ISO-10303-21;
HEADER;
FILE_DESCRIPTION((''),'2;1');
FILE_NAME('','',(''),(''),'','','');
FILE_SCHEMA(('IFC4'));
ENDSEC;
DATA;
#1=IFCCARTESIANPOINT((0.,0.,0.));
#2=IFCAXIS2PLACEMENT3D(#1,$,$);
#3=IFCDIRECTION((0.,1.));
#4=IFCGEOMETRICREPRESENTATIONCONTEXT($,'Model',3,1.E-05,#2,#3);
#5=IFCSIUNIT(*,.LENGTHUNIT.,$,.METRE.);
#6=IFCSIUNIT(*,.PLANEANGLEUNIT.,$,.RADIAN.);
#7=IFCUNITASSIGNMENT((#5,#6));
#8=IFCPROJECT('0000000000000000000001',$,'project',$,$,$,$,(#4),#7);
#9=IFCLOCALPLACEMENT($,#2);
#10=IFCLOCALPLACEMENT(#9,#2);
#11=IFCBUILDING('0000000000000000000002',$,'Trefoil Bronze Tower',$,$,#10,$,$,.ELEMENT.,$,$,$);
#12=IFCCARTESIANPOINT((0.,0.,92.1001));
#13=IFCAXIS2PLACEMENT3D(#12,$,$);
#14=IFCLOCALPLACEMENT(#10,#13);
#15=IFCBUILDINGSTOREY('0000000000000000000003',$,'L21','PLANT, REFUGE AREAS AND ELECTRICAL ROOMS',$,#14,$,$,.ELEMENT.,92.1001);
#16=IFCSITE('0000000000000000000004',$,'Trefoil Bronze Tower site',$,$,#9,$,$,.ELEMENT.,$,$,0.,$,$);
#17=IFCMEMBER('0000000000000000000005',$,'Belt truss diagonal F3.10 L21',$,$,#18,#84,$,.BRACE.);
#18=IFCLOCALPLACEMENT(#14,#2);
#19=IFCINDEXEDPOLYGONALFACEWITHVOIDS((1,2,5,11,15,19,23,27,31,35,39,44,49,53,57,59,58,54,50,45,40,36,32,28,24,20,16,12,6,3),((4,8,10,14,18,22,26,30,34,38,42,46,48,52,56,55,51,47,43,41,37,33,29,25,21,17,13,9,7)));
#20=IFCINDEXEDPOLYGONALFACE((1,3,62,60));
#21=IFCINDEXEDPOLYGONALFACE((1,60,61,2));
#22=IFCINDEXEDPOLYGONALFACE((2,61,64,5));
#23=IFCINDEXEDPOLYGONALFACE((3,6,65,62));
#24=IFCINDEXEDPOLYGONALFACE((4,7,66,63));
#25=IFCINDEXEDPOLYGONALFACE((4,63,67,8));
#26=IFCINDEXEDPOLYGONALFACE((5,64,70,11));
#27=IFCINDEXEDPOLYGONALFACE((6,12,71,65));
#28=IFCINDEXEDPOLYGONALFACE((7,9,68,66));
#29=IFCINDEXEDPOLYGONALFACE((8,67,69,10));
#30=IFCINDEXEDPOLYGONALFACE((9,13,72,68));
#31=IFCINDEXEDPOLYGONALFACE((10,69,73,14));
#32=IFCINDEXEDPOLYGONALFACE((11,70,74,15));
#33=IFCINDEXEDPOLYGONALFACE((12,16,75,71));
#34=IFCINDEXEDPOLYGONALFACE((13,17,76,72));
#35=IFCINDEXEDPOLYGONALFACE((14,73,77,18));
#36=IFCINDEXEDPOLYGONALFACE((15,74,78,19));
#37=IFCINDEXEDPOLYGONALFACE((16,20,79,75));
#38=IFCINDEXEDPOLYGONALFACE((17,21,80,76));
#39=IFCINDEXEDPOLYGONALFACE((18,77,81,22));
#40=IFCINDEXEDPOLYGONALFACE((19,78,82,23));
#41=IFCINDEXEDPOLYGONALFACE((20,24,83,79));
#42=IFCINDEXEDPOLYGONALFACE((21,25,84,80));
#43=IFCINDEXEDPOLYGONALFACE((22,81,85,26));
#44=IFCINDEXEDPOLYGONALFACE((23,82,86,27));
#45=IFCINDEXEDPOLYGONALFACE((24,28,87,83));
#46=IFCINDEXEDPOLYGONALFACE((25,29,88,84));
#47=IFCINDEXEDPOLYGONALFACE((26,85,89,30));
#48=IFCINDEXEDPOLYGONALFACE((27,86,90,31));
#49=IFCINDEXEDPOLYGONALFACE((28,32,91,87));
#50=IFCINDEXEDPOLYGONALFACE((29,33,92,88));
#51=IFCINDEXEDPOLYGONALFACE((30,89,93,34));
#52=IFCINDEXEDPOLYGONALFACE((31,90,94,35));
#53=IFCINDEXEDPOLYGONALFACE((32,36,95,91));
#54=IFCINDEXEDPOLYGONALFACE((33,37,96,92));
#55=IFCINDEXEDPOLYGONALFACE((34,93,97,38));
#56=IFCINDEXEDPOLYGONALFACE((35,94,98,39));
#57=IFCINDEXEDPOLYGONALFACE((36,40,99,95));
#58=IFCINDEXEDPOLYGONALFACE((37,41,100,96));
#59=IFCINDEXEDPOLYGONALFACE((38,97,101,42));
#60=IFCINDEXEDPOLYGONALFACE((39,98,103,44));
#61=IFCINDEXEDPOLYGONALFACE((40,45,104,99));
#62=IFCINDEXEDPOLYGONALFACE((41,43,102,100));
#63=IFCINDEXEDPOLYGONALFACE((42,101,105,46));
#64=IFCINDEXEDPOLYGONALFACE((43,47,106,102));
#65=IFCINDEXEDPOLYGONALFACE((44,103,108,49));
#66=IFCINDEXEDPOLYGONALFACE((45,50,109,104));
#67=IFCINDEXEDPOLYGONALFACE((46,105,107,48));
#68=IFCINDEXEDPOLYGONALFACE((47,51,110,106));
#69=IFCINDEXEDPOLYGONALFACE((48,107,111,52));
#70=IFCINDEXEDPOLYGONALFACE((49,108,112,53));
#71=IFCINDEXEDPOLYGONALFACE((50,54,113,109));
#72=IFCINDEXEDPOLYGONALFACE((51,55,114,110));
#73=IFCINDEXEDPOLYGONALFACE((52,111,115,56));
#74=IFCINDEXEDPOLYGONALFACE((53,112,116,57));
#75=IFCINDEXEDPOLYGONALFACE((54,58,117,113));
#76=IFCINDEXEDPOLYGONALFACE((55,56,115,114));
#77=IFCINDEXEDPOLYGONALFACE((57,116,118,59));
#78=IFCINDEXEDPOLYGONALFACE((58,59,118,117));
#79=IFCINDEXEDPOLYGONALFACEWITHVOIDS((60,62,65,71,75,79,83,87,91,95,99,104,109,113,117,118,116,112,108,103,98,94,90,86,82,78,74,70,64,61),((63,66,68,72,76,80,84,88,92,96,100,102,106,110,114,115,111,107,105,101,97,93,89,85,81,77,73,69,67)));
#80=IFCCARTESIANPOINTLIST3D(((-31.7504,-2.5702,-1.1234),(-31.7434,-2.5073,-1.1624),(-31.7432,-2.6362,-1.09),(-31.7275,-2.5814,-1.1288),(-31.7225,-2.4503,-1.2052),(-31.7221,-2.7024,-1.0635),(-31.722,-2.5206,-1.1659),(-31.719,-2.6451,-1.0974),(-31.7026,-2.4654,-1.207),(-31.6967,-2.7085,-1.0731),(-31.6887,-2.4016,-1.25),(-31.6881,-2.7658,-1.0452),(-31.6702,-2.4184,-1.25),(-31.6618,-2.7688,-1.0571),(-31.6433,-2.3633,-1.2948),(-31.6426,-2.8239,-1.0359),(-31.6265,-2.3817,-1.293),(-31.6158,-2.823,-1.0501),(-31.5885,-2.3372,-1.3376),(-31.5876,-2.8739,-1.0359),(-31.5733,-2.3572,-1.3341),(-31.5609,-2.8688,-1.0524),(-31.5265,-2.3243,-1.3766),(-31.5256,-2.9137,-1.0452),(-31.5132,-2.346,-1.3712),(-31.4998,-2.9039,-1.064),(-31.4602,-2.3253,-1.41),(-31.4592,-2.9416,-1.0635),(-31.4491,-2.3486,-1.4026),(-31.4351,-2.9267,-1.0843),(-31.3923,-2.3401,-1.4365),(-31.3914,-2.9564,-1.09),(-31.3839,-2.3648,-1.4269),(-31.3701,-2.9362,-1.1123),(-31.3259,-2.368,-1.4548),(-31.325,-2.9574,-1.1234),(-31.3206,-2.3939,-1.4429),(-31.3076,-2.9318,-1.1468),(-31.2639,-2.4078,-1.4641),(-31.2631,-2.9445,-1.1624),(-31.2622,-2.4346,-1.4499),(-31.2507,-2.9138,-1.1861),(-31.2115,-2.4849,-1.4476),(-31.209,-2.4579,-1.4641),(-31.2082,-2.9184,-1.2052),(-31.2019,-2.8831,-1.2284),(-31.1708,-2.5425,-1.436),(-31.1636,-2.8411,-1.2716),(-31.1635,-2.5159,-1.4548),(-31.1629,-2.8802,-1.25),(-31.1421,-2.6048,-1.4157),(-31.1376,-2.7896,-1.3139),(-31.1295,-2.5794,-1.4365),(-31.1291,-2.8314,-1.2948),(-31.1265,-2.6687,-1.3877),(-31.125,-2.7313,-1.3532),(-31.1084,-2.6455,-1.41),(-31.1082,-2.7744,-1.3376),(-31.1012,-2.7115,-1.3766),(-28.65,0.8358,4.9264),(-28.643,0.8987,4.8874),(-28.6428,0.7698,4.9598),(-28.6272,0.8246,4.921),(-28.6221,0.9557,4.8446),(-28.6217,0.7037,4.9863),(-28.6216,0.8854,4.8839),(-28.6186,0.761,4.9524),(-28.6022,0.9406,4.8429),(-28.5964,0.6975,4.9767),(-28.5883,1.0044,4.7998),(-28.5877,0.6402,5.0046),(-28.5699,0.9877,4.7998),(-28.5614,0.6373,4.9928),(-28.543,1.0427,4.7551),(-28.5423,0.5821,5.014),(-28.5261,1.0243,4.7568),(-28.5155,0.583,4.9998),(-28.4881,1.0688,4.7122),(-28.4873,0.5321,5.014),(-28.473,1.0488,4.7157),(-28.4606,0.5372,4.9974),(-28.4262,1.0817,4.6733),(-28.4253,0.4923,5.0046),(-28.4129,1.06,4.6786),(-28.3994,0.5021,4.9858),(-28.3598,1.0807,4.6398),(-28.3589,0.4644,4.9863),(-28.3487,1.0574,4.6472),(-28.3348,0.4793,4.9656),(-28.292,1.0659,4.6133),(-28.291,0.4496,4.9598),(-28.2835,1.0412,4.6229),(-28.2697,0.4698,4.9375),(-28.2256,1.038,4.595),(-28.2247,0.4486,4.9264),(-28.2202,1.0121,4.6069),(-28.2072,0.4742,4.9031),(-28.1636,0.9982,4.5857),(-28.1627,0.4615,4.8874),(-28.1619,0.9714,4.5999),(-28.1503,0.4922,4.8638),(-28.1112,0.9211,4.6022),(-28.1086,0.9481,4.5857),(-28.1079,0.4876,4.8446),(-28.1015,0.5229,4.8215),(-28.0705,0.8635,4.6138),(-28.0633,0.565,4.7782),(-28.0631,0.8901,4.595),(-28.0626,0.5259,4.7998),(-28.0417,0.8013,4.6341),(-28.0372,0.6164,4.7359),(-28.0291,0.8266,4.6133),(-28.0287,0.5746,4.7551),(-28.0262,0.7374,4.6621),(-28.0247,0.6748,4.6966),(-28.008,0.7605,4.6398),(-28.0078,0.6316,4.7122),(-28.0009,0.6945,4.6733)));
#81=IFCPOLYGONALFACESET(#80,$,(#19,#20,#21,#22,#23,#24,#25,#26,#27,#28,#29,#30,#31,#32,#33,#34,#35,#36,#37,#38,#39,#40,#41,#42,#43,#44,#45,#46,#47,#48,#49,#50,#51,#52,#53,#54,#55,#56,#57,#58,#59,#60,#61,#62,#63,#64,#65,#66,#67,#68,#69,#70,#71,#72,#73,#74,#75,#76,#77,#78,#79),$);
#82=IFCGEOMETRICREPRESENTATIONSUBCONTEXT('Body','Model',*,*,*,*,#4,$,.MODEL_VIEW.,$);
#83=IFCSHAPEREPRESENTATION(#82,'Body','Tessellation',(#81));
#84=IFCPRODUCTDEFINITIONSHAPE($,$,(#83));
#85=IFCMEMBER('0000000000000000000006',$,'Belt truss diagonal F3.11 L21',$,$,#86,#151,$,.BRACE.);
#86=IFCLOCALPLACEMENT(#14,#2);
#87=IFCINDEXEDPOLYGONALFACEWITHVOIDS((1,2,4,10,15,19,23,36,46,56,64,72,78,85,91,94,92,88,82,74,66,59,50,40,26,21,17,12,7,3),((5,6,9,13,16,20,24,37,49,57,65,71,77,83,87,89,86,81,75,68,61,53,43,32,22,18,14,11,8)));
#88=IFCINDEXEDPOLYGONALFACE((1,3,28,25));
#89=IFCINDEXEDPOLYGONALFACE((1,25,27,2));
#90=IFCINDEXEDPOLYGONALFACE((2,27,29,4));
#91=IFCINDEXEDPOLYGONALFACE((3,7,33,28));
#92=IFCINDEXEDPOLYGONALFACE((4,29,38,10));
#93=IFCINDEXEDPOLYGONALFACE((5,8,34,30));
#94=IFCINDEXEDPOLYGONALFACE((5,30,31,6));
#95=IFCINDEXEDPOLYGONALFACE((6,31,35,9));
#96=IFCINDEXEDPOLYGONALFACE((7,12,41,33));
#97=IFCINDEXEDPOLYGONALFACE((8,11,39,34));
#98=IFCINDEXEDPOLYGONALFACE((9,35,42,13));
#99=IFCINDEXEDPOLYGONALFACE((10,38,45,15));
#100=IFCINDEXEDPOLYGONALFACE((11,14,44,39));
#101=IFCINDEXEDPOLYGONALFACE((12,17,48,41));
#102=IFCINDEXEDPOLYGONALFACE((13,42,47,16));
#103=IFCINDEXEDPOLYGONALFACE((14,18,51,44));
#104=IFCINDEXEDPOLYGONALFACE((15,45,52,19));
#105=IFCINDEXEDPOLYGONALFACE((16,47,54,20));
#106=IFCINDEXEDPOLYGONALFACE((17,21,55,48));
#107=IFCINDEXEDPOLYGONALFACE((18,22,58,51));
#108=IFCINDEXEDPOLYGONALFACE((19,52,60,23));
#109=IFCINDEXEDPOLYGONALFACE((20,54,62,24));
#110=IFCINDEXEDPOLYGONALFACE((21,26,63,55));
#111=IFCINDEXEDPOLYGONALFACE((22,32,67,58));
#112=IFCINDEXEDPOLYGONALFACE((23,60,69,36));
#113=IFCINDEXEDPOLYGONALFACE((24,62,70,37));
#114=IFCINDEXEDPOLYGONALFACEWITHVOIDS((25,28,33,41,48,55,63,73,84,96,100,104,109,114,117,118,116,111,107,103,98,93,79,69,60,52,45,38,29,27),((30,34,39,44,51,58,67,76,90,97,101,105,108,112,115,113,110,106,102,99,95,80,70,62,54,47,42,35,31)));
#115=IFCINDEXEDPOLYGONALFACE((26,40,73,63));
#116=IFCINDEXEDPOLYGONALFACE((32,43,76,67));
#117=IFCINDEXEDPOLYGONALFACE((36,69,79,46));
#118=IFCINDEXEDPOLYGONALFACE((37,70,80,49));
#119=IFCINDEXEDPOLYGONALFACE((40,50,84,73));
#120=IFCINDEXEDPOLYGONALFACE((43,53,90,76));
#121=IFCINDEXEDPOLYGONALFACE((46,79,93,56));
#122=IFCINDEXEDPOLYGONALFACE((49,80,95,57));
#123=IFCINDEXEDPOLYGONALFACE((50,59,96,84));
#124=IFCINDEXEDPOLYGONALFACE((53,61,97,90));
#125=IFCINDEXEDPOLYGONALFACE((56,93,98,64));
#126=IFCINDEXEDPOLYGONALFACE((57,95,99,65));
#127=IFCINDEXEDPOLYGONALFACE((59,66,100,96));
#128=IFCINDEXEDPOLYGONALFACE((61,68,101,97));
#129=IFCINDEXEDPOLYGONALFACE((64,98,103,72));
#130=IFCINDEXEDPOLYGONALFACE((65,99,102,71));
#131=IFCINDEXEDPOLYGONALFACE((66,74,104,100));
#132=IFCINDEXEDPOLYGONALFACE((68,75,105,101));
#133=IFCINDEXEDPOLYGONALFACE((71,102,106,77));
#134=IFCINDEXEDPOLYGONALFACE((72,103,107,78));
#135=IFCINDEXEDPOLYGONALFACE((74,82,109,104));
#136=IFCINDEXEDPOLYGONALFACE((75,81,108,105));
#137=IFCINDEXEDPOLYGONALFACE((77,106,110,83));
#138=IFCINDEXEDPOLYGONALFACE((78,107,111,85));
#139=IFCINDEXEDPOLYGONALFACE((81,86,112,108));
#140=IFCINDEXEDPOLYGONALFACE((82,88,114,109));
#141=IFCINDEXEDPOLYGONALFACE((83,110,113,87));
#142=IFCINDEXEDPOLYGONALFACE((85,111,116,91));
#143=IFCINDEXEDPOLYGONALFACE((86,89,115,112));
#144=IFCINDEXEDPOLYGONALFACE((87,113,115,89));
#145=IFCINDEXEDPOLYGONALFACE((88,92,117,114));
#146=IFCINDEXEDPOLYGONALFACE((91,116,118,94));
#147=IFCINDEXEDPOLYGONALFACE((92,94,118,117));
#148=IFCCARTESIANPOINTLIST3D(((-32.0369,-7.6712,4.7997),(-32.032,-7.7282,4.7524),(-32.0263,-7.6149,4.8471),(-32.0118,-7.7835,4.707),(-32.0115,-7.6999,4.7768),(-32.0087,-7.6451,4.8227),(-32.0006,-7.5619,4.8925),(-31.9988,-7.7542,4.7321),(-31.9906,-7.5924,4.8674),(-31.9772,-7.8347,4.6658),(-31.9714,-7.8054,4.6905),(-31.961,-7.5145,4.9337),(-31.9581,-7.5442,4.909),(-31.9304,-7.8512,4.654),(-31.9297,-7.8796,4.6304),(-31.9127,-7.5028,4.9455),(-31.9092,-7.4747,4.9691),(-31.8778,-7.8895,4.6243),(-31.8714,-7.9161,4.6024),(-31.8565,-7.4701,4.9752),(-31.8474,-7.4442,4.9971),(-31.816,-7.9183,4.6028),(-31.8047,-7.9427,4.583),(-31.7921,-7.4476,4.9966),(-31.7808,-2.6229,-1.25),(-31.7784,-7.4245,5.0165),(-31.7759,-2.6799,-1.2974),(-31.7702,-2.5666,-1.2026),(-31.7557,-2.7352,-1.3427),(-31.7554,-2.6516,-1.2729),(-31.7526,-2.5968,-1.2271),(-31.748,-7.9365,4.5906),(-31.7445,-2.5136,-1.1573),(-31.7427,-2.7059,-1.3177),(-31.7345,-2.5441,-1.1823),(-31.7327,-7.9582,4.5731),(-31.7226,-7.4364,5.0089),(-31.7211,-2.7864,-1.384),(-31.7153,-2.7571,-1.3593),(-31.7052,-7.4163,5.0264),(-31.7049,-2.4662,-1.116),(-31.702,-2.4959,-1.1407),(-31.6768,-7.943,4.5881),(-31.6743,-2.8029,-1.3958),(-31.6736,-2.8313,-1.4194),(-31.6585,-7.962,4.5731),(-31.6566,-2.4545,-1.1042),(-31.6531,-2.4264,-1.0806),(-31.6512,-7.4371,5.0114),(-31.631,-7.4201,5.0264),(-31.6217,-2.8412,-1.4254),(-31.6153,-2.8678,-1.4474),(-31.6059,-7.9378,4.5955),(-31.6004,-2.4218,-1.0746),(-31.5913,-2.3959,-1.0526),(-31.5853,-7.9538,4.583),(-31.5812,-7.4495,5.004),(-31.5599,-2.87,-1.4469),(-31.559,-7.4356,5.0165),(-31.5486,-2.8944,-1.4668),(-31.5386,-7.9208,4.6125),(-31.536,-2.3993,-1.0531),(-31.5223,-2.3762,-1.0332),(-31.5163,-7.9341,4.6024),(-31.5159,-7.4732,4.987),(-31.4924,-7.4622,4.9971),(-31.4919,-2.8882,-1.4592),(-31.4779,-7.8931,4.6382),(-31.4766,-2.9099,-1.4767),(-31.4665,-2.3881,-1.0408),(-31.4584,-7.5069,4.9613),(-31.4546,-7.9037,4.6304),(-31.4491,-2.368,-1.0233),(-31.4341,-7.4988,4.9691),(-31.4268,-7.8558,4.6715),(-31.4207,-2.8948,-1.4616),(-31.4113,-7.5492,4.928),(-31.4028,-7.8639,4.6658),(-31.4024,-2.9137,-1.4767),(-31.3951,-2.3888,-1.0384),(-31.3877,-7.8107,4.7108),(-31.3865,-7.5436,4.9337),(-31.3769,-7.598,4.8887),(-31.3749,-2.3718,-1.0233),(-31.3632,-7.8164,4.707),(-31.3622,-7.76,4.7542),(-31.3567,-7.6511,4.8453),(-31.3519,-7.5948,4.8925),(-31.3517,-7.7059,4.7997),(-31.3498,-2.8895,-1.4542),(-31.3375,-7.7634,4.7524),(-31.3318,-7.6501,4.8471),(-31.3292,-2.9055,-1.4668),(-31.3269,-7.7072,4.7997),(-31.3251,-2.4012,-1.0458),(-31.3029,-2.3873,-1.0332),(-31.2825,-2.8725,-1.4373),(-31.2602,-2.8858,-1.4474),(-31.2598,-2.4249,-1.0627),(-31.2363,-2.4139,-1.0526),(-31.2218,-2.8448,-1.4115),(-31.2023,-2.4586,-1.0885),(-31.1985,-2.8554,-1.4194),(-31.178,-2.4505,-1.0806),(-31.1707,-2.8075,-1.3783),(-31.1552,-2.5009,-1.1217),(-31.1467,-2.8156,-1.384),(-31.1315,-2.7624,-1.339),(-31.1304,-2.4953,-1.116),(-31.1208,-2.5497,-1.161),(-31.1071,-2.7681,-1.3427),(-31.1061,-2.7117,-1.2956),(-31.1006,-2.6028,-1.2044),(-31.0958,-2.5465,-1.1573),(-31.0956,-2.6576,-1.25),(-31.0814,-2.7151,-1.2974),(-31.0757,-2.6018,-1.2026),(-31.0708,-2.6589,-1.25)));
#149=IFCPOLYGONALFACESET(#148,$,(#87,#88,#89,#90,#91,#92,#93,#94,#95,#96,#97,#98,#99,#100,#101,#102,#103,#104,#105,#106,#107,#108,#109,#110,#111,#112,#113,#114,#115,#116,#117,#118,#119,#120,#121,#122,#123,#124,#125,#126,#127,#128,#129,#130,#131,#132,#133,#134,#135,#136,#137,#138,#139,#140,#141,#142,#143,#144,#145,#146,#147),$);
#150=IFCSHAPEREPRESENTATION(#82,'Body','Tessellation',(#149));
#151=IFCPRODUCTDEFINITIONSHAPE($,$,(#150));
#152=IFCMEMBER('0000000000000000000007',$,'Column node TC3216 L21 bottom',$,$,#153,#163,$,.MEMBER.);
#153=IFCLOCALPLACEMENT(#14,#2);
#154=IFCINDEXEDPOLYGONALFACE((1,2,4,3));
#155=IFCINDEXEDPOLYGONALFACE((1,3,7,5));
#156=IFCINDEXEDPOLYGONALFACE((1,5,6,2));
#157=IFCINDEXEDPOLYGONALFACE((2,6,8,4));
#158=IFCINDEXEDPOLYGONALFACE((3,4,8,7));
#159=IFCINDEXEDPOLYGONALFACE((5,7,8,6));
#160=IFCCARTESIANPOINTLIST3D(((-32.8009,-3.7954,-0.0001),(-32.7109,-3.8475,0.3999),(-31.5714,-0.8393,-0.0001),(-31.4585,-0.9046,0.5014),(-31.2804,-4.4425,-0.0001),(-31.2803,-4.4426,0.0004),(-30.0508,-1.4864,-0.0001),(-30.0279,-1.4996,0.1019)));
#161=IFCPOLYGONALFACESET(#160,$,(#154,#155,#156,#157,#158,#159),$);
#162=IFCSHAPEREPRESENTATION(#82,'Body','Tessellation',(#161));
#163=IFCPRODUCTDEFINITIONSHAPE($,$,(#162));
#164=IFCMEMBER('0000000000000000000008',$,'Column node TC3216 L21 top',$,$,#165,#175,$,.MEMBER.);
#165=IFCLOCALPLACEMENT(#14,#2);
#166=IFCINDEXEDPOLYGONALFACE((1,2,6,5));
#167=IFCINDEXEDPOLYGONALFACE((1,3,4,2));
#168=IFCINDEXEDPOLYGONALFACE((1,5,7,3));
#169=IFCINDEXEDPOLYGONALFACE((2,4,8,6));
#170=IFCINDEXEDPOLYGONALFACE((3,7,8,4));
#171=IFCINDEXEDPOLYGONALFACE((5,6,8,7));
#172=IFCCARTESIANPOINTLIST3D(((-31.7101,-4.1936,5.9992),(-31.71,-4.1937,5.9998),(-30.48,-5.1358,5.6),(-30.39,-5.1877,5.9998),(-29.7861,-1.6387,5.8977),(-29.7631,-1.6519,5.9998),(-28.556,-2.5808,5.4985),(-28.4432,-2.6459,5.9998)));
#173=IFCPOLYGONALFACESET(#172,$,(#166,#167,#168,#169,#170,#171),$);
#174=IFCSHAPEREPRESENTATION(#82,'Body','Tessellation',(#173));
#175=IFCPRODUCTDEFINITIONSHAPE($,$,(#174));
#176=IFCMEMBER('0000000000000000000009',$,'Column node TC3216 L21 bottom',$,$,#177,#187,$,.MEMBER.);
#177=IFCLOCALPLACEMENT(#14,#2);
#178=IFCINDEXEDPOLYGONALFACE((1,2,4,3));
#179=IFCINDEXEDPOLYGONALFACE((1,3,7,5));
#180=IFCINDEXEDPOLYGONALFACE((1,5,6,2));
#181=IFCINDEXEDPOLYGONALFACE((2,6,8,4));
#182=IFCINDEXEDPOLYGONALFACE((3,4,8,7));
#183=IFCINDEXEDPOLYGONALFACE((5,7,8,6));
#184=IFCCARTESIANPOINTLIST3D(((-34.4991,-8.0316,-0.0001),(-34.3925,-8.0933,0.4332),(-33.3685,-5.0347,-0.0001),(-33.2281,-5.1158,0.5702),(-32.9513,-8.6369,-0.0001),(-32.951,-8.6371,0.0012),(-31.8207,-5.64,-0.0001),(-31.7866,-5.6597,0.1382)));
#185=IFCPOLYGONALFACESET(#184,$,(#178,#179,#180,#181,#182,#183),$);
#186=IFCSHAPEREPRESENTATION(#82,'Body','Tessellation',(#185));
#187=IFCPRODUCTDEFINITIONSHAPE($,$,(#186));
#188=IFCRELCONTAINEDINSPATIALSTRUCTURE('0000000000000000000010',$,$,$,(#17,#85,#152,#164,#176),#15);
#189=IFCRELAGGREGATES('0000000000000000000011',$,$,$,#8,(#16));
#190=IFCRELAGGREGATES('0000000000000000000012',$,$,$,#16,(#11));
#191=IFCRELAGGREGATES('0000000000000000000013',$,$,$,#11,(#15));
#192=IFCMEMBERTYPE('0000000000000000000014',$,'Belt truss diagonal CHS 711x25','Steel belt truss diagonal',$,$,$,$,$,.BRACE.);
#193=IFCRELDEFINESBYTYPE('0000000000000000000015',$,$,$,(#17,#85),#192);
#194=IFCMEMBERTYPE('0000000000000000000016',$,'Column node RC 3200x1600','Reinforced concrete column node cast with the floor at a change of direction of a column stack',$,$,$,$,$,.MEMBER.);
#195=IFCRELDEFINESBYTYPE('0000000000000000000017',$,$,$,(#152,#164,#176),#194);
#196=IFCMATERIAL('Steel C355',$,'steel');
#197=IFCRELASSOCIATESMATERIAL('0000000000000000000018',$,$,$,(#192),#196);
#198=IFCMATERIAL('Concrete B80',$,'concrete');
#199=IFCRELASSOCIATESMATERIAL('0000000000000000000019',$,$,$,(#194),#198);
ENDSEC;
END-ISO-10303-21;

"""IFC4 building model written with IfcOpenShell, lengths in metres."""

from ifc_helpers import new_model, si_unit, direction, frame, origin, origin_2d, place, context, subcontext, project, spatial, rectangle, hollow_circle, extrude, clip, halfspace, material, material_profile, profile_set, type_object, element, save


model = new_model("IFC4")

# Units and contexts
model_context = context("Model", 3, precision=1e-05, world=origin(), true_north=direction((0.0, 1.0)))
body_context = subcontext(model_context, "Body", "Model", "MODEL_VIEW")
ifc_project = project(units=[si_unit("LENGTHUNIT", "METRE"), si_unit("PLANEANGLEUNIT", "RADIAN")], contexts=[model_context])

# Site, building, storey
site_placement = place(None, origin())
site = spatial("IfcSite", under=ifc_project, at=site_placement, Name="Trefoil Bronze Tower site", CompositionType="ELEMENT", RefElevation=0.0)
building_placement = place(site_placement, origin())
building = spatial("IfcBuilding", under=site, at=building_placement, Name="Trefoil Bronze Tower", CompositionType="ELEMENT")
storey_placement = place(building_placement, frame((0.0, 0.0, 92.1001)))
storey = spatial("IfcBuildingStorey", under=building, at=storey_placement, Name="L21", Description="PLANT, REFUGE AREAS AND ELECTRICAL ROOMS", CompositionType="ELEMENT", Elevation=92.1001)

# Members
ifc_material_1 = material(Name="Steel C355", Category="steel")
ifc_material_profile_1 = material_profile(ifc_material_1, hollow_circle(Radius=0.3555, WallThickness=0.0249, at=origin_2d()), Name="CHS 711x25")
ifc_profile_set_1 = profile_set([ifc_material_profile_1], Name="Steel C355")
member_type_1 = type_object("IfcMemberType", Name="Belt truss diagonal CHS 711x25", Description="Steel belt truss diagonal", PredefinedType="BRACE", material=ifc_profile_set_1)
member_1_placement = place(storey_placement, frame((-31.4258, -2.6409, -1.25), z_axis=(0.407752, 0.447953, 0.795661), x_axis=(-0.739511, 0.673145, 0.0)))
element("IfcMember", 1, at=member_1_placement, inside=storey, type_object=member_type_1, Name="Belt truss diagonal F3.10 L21", PredefinedType="BRACE", context=body_context, shape_type="SweptSolid", body=[
    extrude(hollow_circle(Radius=0.3555, WallThickness=0.0249, at=origin_2d()), origin(), (0.0, 0.0, 1.0), 7.6035),
])
member_2_placement = place(storey_placement, frame((-31.4258, -2.6409, -1.25), z_axis=(-0.032486, -0.640358, 0.767389), x_axis=(0.998716, -0.050665, 0.0)))
element("IfcMember", 2, at=member_2_placement, inside=storey, type_object=member_type_1, Name="Belt truss diagonal F3.11 L21", PredefinedType="BRACE", context=body_context, shape_type="SweptSolid", body=[
    extrude(hollow_circle(Radius=0.3555, WallThickness=0.0249, at=origin_2d()), origin(), (0.0, 0.0, 1.0), 7.8835),
])
ifc_material_2 = material(Name="Concrete B80", Category="concrete")
ifc_material_profile_2 = material_profile(ifc_material_2, rectangle(XDim=3.2, YDim=1.6001, at=origin_2d()), Name="RC 3200x1600")
ifc_profile_set_2 = profile_set([ifc_material_profile_2], Name="Concrete B80")
member_type_2 = type_object("IfcMemberType", Name="Column node RC 3200x1600", Description="Reinforced concrete column node cast with the floor at a change of direction of a column stack", PredefinedType="MEMBER", material=ifc_profile_set_2)
member_3_placement = place(storey_placement, frame((-31.4824, -2.6082, -0.2512), z_axis=(0.217839, -0.126092, 0.967805), x_axis=(-0.391394, -0.919676, -0.031725)))
element("IfcMember", 3, at=member_3_placement, inside=storey, type_object=member_type_2, Name="Column node TC3216 L21 bottom", PredefinedType="MEMBER", context=body_context, shape_type="Clipping", body=[
    clip(extrude(rectangle(XDim=3.2, YDim=1.6001, at=origin_2d()), origin(), (0.0, 0.0, 1.0), 0.5188), halfspace(frame((0.0, 0.0, 0.2595), z_axis=(-0.031725, -0.249693, 0.967805), x_axis=(0.0, 0.968293, 0.249818)), True)),
])
member_4_placement = place(storey_placement, frame((-30.02, -3.4524, 6.251), z_axis=(-0.217851, 0.125629, -0.967863), x_axis=(0.601255, 0.798428, -0.031697)))
element("IfcMember", 4, at=member_4_placement, inside=storey, type_object=member_type_2, Name="Column node TC3216 L21 top", PredefinedType="MEMBER", context=body_context, shape_type="Clipping", body=[
    clip(extrude(rectangle(XDim=3.2, YDim=1.6001, at=origin_2d()), origin(), (0.0, 0.0, 1.0), 0.5188), halfspace(frame((0.0, 0.0, 0.2595), z_axis=(0.031697, 0.249474, 0.967863), x_axis=(0.0, 0.968349, -0.249599)), True)),
])
member_5_placement = place(storey_placement, frame((-33.2302, -6.7952, -0.2859), z_axis=(0.236676, -0.136828, 0.961906), x_axis=(-0.363875, -0.930463, -0.042825)))
element("IfcMember", 5, at=member_5_placement, inside=storey, type_object=member_type_2, Name="Column node TC3216 L21 bottom", PredefinedType="MEMBER", context=body_context, shape_type="Clipping", body=[
    clip(extrude(rectangle(XDim=3.2, YDim=1.6001, at=origin_2d()), origin(), (0.0, 0.0, 1.0), 0.5942), halfspace(frame((0.0, 0.0, 0.2971), z_axis=(-0.042825, -0.270006, 0.961906), x_axis=(0.0, 0.962789, 0.270254)), True)),
])

save(model, "model.ifc")
